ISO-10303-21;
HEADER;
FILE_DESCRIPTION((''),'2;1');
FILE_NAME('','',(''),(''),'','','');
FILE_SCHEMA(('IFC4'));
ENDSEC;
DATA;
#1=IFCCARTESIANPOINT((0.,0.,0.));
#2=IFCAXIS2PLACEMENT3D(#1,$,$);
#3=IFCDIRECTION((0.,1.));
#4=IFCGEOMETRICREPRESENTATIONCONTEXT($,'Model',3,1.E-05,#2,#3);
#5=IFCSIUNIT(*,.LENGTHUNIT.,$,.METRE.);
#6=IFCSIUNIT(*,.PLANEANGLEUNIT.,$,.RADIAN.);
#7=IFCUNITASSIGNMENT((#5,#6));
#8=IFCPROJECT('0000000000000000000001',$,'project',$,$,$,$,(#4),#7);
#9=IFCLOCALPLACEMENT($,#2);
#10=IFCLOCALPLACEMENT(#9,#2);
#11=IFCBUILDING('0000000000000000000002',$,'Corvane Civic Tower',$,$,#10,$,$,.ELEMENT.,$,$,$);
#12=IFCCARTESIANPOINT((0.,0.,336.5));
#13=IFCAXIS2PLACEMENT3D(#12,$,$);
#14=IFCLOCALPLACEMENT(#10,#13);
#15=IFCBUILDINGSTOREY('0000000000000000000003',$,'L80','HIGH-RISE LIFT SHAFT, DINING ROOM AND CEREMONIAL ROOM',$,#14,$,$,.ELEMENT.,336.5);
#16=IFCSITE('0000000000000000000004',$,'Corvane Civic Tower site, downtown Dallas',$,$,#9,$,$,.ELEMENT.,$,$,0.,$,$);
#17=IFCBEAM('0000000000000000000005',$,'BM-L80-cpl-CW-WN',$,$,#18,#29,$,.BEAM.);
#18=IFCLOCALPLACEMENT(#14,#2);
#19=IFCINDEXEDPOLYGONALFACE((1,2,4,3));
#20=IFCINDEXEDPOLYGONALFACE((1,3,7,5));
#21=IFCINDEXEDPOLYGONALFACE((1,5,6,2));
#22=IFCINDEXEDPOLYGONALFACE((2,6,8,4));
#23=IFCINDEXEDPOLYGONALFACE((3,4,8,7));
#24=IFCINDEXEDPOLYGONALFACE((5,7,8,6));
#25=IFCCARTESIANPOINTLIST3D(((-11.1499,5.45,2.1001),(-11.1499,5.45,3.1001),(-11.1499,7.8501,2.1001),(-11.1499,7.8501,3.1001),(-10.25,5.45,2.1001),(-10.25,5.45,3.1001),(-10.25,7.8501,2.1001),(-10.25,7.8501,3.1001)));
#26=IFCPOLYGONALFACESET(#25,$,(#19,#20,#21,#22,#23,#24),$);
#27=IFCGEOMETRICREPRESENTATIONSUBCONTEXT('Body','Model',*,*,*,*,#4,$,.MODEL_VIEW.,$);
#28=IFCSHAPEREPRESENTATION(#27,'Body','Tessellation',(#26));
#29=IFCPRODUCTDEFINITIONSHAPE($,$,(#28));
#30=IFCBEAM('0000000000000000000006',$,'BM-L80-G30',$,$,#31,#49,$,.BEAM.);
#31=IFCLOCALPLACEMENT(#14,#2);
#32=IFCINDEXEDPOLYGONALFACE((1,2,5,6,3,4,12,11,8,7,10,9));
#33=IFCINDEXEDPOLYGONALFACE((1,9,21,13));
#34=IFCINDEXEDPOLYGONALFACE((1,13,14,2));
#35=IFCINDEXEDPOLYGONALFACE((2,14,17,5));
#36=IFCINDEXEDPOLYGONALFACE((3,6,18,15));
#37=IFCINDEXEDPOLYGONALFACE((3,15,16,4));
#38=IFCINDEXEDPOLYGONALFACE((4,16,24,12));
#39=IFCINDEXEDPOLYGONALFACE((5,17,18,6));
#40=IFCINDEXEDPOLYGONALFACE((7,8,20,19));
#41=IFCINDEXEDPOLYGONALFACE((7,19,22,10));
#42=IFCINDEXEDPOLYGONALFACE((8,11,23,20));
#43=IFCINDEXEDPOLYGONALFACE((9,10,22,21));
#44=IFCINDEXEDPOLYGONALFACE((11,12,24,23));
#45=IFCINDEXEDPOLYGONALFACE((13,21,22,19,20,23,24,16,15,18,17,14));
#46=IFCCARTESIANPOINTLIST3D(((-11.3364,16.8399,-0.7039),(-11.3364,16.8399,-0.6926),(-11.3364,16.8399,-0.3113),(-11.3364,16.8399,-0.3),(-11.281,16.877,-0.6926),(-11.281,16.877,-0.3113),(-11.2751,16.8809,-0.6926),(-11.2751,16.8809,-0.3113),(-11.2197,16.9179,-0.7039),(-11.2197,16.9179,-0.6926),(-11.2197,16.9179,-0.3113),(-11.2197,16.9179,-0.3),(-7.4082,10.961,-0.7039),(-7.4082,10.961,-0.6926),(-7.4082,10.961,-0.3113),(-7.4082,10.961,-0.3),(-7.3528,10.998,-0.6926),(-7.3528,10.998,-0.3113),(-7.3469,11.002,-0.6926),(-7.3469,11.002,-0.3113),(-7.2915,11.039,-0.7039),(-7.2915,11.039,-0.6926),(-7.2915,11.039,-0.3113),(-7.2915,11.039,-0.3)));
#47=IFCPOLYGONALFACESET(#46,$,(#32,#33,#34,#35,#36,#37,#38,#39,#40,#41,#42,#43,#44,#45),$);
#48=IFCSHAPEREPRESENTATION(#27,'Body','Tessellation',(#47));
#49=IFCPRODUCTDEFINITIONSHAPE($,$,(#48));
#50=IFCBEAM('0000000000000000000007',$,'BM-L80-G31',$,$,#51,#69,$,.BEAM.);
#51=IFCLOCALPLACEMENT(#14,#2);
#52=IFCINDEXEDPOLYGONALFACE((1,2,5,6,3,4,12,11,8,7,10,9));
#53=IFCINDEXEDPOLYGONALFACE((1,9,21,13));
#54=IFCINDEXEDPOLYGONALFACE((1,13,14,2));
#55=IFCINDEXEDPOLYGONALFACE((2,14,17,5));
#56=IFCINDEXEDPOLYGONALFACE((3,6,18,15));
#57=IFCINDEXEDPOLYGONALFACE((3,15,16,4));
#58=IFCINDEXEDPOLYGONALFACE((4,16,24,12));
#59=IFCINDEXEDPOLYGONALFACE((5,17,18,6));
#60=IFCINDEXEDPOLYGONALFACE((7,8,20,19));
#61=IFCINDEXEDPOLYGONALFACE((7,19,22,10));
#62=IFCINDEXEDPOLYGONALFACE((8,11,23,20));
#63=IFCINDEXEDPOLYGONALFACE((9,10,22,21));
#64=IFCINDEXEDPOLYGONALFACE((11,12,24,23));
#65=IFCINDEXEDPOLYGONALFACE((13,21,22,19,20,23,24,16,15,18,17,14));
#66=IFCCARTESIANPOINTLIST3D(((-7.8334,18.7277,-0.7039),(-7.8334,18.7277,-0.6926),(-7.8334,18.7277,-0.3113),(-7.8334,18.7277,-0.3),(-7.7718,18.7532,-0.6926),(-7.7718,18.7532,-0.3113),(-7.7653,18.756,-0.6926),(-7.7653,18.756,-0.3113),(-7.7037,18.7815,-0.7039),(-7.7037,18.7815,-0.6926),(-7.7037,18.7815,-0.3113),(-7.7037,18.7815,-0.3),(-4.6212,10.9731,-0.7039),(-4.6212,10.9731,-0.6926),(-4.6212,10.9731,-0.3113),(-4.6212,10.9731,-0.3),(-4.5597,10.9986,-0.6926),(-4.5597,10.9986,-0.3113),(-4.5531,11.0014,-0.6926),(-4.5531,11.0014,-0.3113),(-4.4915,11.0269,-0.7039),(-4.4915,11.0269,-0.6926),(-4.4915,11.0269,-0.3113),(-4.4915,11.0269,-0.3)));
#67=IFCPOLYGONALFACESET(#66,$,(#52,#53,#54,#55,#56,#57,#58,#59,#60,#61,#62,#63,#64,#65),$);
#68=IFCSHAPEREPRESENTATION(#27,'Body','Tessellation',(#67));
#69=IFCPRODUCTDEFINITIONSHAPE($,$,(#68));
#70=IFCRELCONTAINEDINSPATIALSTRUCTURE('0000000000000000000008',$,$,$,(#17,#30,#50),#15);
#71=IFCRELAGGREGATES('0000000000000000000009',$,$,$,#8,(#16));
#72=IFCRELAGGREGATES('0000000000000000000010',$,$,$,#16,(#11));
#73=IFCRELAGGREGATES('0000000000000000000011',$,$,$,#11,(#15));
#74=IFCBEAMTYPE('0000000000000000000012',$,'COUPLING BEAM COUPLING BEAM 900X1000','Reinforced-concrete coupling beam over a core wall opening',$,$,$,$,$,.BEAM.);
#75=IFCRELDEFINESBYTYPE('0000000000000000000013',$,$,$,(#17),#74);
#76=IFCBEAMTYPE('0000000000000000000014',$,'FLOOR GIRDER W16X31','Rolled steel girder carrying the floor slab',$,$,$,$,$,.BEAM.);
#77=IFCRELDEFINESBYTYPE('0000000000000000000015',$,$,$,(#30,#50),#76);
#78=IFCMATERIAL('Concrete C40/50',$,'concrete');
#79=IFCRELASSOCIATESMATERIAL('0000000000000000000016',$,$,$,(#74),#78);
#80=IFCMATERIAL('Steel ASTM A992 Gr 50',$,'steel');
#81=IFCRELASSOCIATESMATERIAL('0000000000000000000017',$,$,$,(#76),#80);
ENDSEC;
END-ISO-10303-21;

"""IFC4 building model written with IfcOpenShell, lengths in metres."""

from ifc_helpers import new_model, si_unit, direction, frame, origin, origin_2d, place, context, subcontext, project, spatial, rectangle, i_section, extrude, material, material_profile, profile_set, type_object, element, save


model = new_model("IFC4")

# Units and contexts
model_context = context("Model", 3, precision=1e-05, world=origin(), true_north=direction((0.0, 1.0)))
body_context = subcontext(model_context, "Body", "Model", "MODEL_VIEW")
ifc_project = project(units=[si_unit("LENGTHUNIT", "METRE"), si_unit("PLANEANGLEUNIT", "RADIAN")], contexts=[model_context])

# Site, building, storey
site_placement = place(None, origin())
site = spatial("IfcSite", under=ifc_project, at=site_placement, Name="Corvane Civic Tower site, downtown Dallas", CompositionType="ELEMENT", RefElevation=0.0)
building_placement = place(site_placement, origin())
building = spatial("IfcBuilding", under=site, at=building_placement, Name="Corvane Civic Tower", CompositionType="ELEMENT")
storey_placement = place(building_placement, frame((0.0, 0.0, 336.5)))
storey = spatial("IfcBuildingStorey", under=building, at=storey_placement, Name="L80", Description="HIGH-RISE LIFT SHAFT, DINING ROOM AND CEREMONIAL ROOM", CompositionType="ELEMENT", Elevation=336.5)

# Beams
ifc_material_1 = material(Name="Concrete C40/50", Category="concrete")
ifc_material_profile_1 = material_profile(ifc_material_1, rectangle(XDim=0.8999, YDim=1.0, at=origin_2d()), Name="COUPLING BEAM 900X1000")
ifc_profile_set_1 = profile_set([ifc_material_profile_1], Name="Concrete C40/50")
beam_type_1 = type_object("IfcBeamType", Name="COUPLING BEAM COUPLING BEAM 900X1000", Description="Reinforced-concrete coupling beam over a core wall opening", PredefinedType="BEAM", material=ifc_profile_set_1)
beam_1_placement = place(storey_placement, frame((-10.7, 5.45, 2.6001), z_axis=(0.0, 1.0, 0.0), x_axis=(-1.0, 0.0, 0.0)))
element("IfcBeam", 1, at=beam_1_placement, inside=storey, type_object=beam_type_1, Name="BM-L80-cpl-CW-WN", PredefinedType="BEAM", context=body_context, shape_type="SweptSolid", body=[
    extrude(rectangle(XDim=0.8999, YDim=1.0, at=origin_2d()), origin(), (0.0, 0.0, 1.0), 2.4001),
])
ifc_material_2 = material(Name="Steel ASTM A992 Gr 50", Category="steel")
ifc_material_profile_2 = material_profile(ifc_material_2, i_section(OverallWidth=0.1404, OverallDepth=0.4038, WebThickness=0.0071, FlangeThickness=0.0112, at=origin_2d()), Name="W16X31")
ifc_profile_set_2 = profile_set([ifc_material_profile_2], Name="Steel ASTM A992 Gr 50")
beam_type_2 = type_object("IfcBeamType", Name="FLOOR GIRDER W16X31", Description="Rolled steel girder carrying the floor slab", PredefinedType="BEAM", material=ifc_profile_set_2)
beam_2_placement = place(storey_placement, frame((-7.3499, 11.0, -0.502), z_axis=(-0.555576, 0.831465, 0.0), x_axis=(-0.831465, -0.555576, 0.0)))
element("IfcBeam", 2, at=beam_2_placement, inside=storey, type_object=beam_type_2, Name="BM-L80-G30", PredefinedType="BEAM", context=body_context, shape_type="SweptSolid", body=[
    extrude(i_section(OverallWidth=0.1404, OverallDepth=0.4038, WebThickness=0.0071, FlangeThickness=0.0112, at=origin_2d()), origin(), (0.0, 0.0, 1.0), 7.0706),
])
beam_3_placement = place(storey_placement, frame((-4.5564, 11.0, -0.502), z_axis=(-0.382692, 0.923876, 0.0), x_axis=(-0.923876, -0.382692, 0.0)))
element("IfcBeam", 3, at=beam_3_placement, inside=storey, type_object=beam_type_2, Name="BM-L80-G31", PredefinedType="BEAM", context=body_context, shape_type="SweptSolid", body=[
    extrude(i_section(OverallWidth=0.1404, OverallDepth=0.4038, WebThickness=0.0071, FlangeThickness=0.0112, at=origin_2d()), origin(), (0.0, 0.0, 1.0), 8.3936),
])

save(model, "model.ifc")
